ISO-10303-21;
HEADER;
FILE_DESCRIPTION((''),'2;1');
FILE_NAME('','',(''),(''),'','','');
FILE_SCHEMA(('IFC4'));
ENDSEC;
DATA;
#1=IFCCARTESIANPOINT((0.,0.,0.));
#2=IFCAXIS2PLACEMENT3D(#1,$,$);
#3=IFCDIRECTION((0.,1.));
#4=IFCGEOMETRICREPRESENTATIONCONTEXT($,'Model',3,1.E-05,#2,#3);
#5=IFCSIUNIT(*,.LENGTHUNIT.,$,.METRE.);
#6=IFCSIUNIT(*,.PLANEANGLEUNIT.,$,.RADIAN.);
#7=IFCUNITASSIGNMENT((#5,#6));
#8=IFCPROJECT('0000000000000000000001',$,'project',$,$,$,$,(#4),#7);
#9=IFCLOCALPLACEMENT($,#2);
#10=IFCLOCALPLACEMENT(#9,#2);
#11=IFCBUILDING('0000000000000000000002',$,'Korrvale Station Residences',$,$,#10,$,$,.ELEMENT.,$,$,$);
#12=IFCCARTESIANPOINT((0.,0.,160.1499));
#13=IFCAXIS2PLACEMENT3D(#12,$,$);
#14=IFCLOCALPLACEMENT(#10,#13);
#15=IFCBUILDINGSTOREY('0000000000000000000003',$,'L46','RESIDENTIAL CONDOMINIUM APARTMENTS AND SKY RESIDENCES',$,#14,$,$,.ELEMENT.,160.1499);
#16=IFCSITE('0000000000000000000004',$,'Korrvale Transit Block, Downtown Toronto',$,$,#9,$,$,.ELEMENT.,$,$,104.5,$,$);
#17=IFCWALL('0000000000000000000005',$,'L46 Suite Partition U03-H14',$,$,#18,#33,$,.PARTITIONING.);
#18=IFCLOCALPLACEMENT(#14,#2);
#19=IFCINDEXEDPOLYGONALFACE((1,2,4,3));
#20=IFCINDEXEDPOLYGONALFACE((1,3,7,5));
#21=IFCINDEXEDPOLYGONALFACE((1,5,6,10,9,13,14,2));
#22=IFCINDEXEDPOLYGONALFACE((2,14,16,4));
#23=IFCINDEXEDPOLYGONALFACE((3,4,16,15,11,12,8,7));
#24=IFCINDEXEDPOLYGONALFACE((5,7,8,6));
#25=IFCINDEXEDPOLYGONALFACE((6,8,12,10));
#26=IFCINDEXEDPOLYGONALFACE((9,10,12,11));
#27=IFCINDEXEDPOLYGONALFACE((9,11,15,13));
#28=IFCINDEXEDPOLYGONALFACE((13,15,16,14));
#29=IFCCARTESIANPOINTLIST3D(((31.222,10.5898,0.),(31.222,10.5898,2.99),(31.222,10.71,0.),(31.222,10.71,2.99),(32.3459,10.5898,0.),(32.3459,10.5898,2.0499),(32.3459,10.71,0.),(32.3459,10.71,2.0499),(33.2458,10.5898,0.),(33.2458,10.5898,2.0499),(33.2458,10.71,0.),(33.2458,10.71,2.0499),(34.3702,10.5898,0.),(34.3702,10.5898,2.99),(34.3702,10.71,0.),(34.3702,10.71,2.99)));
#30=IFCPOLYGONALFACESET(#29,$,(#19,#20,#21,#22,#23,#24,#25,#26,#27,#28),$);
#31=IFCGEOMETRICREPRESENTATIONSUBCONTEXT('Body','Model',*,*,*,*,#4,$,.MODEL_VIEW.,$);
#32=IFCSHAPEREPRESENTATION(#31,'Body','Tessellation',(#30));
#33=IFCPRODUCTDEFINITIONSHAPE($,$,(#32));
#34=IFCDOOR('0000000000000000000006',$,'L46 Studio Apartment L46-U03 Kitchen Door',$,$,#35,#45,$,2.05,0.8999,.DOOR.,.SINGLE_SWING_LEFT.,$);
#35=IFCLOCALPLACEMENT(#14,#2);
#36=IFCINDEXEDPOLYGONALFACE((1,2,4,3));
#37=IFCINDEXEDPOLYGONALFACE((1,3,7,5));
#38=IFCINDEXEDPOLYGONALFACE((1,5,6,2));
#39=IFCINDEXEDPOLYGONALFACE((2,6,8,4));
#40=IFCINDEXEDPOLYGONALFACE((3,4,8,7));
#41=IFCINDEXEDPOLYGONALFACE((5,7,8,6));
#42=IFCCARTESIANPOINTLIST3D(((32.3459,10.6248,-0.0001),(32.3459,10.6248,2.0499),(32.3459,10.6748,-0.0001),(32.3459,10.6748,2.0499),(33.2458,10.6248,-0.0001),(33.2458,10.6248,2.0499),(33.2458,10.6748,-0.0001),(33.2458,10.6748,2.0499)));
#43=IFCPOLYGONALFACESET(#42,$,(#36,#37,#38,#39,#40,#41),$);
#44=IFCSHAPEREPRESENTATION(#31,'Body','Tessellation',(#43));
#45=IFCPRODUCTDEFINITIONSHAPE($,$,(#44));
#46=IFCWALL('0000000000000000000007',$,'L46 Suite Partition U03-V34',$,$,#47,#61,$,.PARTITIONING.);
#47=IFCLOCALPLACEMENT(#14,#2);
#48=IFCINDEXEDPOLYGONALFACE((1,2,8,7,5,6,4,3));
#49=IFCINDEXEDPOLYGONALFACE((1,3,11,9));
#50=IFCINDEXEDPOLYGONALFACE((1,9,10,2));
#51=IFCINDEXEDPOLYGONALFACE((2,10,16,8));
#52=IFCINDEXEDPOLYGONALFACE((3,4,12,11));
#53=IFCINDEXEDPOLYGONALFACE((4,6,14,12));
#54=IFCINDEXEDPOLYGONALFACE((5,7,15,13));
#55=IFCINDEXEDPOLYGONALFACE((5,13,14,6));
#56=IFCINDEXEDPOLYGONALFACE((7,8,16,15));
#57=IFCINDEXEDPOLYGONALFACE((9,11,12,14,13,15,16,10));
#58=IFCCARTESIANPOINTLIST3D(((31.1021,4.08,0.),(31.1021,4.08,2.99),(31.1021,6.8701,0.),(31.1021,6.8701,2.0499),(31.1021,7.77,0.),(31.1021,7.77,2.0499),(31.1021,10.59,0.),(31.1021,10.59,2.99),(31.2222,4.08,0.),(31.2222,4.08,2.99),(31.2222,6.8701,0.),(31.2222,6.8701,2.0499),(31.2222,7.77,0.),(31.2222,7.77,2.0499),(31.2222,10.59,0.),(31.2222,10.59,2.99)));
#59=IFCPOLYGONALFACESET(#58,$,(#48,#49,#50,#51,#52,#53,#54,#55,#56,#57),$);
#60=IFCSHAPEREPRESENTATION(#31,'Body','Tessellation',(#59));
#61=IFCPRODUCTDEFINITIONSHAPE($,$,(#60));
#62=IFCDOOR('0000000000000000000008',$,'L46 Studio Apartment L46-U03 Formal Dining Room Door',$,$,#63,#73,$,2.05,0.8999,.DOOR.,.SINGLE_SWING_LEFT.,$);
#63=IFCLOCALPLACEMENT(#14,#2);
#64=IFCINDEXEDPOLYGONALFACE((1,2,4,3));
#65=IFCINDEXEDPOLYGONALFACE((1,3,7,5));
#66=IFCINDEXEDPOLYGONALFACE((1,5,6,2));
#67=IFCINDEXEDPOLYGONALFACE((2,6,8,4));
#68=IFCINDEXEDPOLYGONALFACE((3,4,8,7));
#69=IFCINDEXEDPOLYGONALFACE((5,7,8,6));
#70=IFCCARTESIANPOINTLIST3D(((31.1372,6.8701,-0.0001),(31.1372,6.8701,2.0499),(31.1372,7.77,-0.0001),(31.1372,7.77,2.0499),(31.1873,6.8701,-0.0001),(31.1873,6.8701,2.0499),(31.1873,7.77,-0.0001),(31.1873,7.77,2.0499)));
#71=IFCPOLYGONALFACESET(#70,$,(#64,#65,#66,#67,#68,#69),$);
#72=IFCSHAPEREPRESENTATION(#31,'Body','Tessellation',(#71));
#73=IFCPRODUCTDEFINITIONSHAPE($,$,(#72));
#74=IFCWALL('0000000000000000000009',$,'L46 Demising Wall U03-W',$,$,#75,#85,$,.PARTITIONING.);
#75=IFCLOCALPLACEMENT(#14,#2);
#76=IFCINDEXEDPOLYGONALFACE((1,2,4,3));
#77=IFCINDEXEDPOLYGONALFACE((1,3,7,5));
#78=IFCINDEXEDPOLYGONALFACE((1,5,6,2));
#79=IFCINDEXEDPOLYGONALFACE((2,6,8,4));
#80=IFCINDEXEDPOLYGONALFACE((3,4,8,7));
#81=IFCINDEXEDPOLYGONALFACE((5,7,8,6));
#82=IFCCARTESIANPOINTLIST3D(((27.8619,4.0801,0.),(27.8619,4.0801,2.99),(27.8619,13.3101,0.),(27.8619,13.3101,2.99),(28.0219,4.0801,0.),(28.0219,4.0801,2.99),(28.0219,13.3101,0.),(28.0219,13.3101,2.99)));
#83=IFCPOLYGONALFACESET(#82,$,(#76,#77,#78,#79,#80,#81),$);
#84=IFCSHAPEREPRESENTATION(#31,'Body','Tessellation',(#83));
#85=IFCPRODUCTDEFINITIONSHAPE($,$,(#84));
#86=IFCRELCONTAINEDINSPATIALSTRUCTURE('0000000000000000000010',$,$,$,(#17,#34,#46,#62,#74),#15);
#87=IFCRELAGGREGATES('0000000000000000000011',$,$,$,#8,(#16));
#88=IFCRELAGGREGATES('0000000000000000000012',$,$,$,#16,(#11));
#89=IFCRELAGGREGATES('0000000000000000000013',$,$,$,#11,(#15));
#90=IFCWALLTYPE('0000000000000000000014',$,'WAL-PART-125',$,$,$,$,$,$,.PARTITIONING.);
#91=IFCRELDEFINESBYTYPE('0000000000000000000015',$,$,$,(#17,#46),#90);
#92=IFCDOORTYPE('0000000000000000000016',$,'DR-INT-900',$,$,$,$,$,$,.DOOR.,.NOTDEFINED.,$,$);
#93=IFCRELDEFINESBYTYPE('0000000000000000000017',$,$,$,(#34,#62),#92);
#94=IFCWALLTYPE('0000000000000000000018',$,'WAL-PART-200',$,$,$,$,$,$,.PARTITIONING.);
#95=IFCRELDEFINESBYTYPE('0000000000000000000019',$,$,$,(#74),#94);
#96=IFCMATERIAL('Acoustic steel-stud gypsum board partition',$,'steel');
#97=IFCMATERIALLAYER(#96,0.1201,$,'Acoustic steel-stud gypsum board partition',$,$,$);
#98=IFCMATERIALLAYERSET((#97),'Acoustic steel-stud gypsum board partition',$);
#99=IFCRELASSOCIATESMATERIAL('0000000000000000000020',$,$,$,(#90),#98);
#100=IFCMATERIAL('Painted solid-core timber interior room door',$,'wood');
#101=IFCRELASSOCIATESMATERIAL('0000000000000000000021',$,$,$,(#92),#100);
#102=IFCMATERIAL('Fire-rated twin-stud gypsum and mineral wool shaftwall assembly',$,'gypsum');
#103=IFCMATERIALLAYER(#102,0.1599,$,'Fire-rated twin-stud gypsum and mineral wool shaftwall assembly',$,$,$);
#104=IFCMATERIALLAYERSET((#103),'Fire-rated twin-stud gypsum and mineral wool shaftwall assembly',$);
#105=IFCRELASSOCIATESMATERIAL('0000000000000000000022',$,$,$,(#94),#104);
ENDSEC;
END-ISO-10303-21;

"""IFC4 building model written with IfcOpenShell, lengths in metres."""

from ifc_helpers import new_model, si_unit, direction, frame, frame_2d, origin, place, context, subcontext, project, spatial, rectangle, extrude, material, layer, layer_set, type_object, element, fill, save


model = new_model("IFC4")

# Units and contexts
model_context = context("Model", 3, precision=1e-05, world=origin(), true_north=direction((0.0, 1.0)))
body_context = subcontext(model_context, "Body", "Model", "MODEL_VIEW")
ifc_project = project(units=[si_unit("LENGTHUNIT", "METRE"), si_unit("PLANEANGLEUNIT", "RADIAN")], contexts=[model_context])

# Site, building, storey
site_placement = place(None, origin())
site = spatial("IfcSite", under=ifc_project, at=site_placement, Name="Korrvale Transit Block, Downtown Toronto", CompositionType="ELEMENT", RefElevation=104.5)
building_placement = place(site_placement, origin())
building = spatial("IfcBuilding", under=site, at=building_placement, Name="Korrvale Station Residences", CompositionType="ELEMENT")
storey_placement = place(building_placement, frame((0.0, 0.0, 160.1499)))
storey = spatial("IfcBuildingStorey", under=building, at=storey_placement, Name="L46", Description="RESIDENTIAL CONDOMINIUM APARTMENTS AND SKY RESIDENCES", CompositionType="ELEMENT", Elevation=160.1499)

# Shared definitions
ifc_material_1 = material(Name="Acoustic steel-stud gypsum board partition", Category="steel")
ifc_layer_1 = layer(ifc_material_1, 0.1201, Name="Acoustic steel-stud gypsum board partition")
ifc_layer_set_1 = layer_set([ifc_layer_1], Name="Acoustic steel-stud gypsum board partition")
wall_type_1 = type_object("IfcWallType", Name="WAL-PART-125", PredefinedType="PARTITIONING", material=ifc_layer_set_1)
ifc_material_2 = material(Name="Painted solid-core timber interior room door", Category="wood")
door_type_1 = type_object("IfcDoorType", Name="DR-INT-900", OperationType="NOTDEFINED", PredefinedType="DOOR", material=ifc_material_2)

# Walls, openings, doors
wall_1_placement = place(storey_placement, frame((31.2219, 10.6499, 0.0), z_axis=(0.0, 0.0, 1.0), x_axis=(1.0, 0.0, 0.0)))
wall_1 = element("IfcWall", 1, at=wall_1_placement, inside=storey, type_object=wall_type_1, Name="L46 Suite Partition U03-H14", PredefinedType="PARTITIONING", context=body_context, shape_type="SweptSolid", body=[
    extrude(rectangle(XDim=3.1482, YDim=0.1201, at=frame_2d((1.5742, 0.0))), origin(), (0.0, 0.0, 1.0), 2.99),
])
opening_1_placement = place(wall_1_placement, frame((1.124, 0.0, 0.0)))
opening_1 = element("IfcOpeningElement", 2, at=opening_1_placement, cuts=wall_1, PredefinedType="OPENING", context=body_context, shape_type="SweptSolid", body=[
    extrude(rectangle(XDim=0.8999, YDim=2.05, at=frame_2d((0.45, 1.0249))), frame((0.0, 0.0701, 0.0), z_axis=(0.0, -1.0, 0.0), x_axis=(1.0, 0.0, 0.0)), (0.0, 0.0, 1.0), 0.1401),
])
door_1_placement = place(opening_1_placement, origin())
door_1 = element("IfcDoor", 3, at=door_1_placement, inside=storey, type_object=door_type_1, Name="L46 Studio Apartment L46-U03 Kitchen Door", OperationType="SINGLE_SWING_LEFT", OverallHeight=2.05, OverallWidth=0.8999, PredefinedType="DOOR", context=body_context, shape_type="SweptSolid", body=[
    extrude(rectangle(XDim=0.8999, YDim=2.05, at=frame_2d((0.45, 1.0249))), frame((0.0, 0.0249, 0.0), z_axis=(0.0, -1.0, 0.0), x_axis=(1.0, 0.0, 0.0)), (0.0, 0.0, 1.0), 0.05),
])
fill(opening_1, door_1)
wall_2_placement = place(storey_placement, frame((31.1621, 4.0801, 0.0), z_axis=(0.0, 0.0, 1.0), x_axis=(0.0, 1.0, 0.0)))
wall_2 = element("IfcWall", 4, at=wall_2_placement, inside=storey, type_object=wall_type_1, Name="L46 Suite Partition U03-V34", PredefinedType="PARTITIONING", context=body_context, shape_type="SweptSolid", body=[
    extrude(rectangle(XDim=6.51, YDim=0.1201, at=frame_2d((3.2549, 0.0))), origin(), (0.0, 0.0, 1.0), 2.99),
])
opening_2_placement = place(wall_2_placement, frame((2.79, 0.0, 0.0)))
opening_2 = element("IfcOpeningElement", 5, at=opening_2_placement, cuts=wall_2, PredefinedType="OPENING", context=body_context, shape_type="SweptSolid", body=[
    extrude(rectangle(XDim=0.8999, YDim=2.05, at=frame_2d((0.45, 1.0249))), frame((0.0, 0.0701, 0.0), z_axis=(0.0, -1.0, 0.0), x_axis=(1.0, 0.0, 0.0)), (0.0, 0.0, 1.0), 0.1401),
])
door_2_placement = place(opening_2_placement, origin())
door_2 = element("IfcDoor", 6, at=door_2_placement, inside=storey, type_object=door_type_1, Name="L46 Studio Apartment L46-U03 Formal Dining Room Door", OperationType="SINGLE_SWING_LEFT", OverallHeight=2.05, OverallWidth=0.8999, PredefinedType="DOOR", context=body_context, shape_type="SweptSolid", body=[
    extrude(rectangle(XDim=0.8999, YDim=2.05, at=frame_2d((0.45, 1.0249))), frame((0.0, 0.0249, 0.0), z_axis=(0.0, -1.0, 0.0), x_axis=(1.0, 0.0, 0.0)), (0.0, 0.0, 1.0), 0.05),
])
fill(opening_2, door_2)

# Wall
ifc_material_3 = material(Name="Fire-rated twin-stud gypsum and mineral wool shaftwall assembly", Category="gypsum")
ifc_layer_2 = layer(ifc_material_3, 0.1599, Name="Fire-rated twin-stud gypsum and mineral wool shaftwall assembly")
ifc_layer_set_2 = layer_set([ifc_layer_2], Name="Fire-rated twin-stud gypsum and mineral wool shaftwall assembly")
wall_type_2 = type_object("IfcWallType", Name="WAL-PART-200", PredefinedType="PARTITIONING", material=ifc_layer_set_2)
wall_3_placement = place(storey_placement, frame((27.9419, 4.0801, 0.0), z_axis=(0.0, 0.0, 1.0), x_axis=(0.0, 1.0, 0.0)))
element("IfcWall", 7, at=wall_3_placement, inside=storey, type_object=wall_type_2, Name="L46 Demising Wall U03-W", PredefinedType="PARTITIONING", context=body_context, shape_type="SweptSolid", body=[
    extrude(rectangle(XDim=9.23, YDim=0.1599, at=frame_2d((4.615, 0.0))), origin(), (0.0, 0.0, 1.0), 2.99),
])

save(model, "model.ifc")
